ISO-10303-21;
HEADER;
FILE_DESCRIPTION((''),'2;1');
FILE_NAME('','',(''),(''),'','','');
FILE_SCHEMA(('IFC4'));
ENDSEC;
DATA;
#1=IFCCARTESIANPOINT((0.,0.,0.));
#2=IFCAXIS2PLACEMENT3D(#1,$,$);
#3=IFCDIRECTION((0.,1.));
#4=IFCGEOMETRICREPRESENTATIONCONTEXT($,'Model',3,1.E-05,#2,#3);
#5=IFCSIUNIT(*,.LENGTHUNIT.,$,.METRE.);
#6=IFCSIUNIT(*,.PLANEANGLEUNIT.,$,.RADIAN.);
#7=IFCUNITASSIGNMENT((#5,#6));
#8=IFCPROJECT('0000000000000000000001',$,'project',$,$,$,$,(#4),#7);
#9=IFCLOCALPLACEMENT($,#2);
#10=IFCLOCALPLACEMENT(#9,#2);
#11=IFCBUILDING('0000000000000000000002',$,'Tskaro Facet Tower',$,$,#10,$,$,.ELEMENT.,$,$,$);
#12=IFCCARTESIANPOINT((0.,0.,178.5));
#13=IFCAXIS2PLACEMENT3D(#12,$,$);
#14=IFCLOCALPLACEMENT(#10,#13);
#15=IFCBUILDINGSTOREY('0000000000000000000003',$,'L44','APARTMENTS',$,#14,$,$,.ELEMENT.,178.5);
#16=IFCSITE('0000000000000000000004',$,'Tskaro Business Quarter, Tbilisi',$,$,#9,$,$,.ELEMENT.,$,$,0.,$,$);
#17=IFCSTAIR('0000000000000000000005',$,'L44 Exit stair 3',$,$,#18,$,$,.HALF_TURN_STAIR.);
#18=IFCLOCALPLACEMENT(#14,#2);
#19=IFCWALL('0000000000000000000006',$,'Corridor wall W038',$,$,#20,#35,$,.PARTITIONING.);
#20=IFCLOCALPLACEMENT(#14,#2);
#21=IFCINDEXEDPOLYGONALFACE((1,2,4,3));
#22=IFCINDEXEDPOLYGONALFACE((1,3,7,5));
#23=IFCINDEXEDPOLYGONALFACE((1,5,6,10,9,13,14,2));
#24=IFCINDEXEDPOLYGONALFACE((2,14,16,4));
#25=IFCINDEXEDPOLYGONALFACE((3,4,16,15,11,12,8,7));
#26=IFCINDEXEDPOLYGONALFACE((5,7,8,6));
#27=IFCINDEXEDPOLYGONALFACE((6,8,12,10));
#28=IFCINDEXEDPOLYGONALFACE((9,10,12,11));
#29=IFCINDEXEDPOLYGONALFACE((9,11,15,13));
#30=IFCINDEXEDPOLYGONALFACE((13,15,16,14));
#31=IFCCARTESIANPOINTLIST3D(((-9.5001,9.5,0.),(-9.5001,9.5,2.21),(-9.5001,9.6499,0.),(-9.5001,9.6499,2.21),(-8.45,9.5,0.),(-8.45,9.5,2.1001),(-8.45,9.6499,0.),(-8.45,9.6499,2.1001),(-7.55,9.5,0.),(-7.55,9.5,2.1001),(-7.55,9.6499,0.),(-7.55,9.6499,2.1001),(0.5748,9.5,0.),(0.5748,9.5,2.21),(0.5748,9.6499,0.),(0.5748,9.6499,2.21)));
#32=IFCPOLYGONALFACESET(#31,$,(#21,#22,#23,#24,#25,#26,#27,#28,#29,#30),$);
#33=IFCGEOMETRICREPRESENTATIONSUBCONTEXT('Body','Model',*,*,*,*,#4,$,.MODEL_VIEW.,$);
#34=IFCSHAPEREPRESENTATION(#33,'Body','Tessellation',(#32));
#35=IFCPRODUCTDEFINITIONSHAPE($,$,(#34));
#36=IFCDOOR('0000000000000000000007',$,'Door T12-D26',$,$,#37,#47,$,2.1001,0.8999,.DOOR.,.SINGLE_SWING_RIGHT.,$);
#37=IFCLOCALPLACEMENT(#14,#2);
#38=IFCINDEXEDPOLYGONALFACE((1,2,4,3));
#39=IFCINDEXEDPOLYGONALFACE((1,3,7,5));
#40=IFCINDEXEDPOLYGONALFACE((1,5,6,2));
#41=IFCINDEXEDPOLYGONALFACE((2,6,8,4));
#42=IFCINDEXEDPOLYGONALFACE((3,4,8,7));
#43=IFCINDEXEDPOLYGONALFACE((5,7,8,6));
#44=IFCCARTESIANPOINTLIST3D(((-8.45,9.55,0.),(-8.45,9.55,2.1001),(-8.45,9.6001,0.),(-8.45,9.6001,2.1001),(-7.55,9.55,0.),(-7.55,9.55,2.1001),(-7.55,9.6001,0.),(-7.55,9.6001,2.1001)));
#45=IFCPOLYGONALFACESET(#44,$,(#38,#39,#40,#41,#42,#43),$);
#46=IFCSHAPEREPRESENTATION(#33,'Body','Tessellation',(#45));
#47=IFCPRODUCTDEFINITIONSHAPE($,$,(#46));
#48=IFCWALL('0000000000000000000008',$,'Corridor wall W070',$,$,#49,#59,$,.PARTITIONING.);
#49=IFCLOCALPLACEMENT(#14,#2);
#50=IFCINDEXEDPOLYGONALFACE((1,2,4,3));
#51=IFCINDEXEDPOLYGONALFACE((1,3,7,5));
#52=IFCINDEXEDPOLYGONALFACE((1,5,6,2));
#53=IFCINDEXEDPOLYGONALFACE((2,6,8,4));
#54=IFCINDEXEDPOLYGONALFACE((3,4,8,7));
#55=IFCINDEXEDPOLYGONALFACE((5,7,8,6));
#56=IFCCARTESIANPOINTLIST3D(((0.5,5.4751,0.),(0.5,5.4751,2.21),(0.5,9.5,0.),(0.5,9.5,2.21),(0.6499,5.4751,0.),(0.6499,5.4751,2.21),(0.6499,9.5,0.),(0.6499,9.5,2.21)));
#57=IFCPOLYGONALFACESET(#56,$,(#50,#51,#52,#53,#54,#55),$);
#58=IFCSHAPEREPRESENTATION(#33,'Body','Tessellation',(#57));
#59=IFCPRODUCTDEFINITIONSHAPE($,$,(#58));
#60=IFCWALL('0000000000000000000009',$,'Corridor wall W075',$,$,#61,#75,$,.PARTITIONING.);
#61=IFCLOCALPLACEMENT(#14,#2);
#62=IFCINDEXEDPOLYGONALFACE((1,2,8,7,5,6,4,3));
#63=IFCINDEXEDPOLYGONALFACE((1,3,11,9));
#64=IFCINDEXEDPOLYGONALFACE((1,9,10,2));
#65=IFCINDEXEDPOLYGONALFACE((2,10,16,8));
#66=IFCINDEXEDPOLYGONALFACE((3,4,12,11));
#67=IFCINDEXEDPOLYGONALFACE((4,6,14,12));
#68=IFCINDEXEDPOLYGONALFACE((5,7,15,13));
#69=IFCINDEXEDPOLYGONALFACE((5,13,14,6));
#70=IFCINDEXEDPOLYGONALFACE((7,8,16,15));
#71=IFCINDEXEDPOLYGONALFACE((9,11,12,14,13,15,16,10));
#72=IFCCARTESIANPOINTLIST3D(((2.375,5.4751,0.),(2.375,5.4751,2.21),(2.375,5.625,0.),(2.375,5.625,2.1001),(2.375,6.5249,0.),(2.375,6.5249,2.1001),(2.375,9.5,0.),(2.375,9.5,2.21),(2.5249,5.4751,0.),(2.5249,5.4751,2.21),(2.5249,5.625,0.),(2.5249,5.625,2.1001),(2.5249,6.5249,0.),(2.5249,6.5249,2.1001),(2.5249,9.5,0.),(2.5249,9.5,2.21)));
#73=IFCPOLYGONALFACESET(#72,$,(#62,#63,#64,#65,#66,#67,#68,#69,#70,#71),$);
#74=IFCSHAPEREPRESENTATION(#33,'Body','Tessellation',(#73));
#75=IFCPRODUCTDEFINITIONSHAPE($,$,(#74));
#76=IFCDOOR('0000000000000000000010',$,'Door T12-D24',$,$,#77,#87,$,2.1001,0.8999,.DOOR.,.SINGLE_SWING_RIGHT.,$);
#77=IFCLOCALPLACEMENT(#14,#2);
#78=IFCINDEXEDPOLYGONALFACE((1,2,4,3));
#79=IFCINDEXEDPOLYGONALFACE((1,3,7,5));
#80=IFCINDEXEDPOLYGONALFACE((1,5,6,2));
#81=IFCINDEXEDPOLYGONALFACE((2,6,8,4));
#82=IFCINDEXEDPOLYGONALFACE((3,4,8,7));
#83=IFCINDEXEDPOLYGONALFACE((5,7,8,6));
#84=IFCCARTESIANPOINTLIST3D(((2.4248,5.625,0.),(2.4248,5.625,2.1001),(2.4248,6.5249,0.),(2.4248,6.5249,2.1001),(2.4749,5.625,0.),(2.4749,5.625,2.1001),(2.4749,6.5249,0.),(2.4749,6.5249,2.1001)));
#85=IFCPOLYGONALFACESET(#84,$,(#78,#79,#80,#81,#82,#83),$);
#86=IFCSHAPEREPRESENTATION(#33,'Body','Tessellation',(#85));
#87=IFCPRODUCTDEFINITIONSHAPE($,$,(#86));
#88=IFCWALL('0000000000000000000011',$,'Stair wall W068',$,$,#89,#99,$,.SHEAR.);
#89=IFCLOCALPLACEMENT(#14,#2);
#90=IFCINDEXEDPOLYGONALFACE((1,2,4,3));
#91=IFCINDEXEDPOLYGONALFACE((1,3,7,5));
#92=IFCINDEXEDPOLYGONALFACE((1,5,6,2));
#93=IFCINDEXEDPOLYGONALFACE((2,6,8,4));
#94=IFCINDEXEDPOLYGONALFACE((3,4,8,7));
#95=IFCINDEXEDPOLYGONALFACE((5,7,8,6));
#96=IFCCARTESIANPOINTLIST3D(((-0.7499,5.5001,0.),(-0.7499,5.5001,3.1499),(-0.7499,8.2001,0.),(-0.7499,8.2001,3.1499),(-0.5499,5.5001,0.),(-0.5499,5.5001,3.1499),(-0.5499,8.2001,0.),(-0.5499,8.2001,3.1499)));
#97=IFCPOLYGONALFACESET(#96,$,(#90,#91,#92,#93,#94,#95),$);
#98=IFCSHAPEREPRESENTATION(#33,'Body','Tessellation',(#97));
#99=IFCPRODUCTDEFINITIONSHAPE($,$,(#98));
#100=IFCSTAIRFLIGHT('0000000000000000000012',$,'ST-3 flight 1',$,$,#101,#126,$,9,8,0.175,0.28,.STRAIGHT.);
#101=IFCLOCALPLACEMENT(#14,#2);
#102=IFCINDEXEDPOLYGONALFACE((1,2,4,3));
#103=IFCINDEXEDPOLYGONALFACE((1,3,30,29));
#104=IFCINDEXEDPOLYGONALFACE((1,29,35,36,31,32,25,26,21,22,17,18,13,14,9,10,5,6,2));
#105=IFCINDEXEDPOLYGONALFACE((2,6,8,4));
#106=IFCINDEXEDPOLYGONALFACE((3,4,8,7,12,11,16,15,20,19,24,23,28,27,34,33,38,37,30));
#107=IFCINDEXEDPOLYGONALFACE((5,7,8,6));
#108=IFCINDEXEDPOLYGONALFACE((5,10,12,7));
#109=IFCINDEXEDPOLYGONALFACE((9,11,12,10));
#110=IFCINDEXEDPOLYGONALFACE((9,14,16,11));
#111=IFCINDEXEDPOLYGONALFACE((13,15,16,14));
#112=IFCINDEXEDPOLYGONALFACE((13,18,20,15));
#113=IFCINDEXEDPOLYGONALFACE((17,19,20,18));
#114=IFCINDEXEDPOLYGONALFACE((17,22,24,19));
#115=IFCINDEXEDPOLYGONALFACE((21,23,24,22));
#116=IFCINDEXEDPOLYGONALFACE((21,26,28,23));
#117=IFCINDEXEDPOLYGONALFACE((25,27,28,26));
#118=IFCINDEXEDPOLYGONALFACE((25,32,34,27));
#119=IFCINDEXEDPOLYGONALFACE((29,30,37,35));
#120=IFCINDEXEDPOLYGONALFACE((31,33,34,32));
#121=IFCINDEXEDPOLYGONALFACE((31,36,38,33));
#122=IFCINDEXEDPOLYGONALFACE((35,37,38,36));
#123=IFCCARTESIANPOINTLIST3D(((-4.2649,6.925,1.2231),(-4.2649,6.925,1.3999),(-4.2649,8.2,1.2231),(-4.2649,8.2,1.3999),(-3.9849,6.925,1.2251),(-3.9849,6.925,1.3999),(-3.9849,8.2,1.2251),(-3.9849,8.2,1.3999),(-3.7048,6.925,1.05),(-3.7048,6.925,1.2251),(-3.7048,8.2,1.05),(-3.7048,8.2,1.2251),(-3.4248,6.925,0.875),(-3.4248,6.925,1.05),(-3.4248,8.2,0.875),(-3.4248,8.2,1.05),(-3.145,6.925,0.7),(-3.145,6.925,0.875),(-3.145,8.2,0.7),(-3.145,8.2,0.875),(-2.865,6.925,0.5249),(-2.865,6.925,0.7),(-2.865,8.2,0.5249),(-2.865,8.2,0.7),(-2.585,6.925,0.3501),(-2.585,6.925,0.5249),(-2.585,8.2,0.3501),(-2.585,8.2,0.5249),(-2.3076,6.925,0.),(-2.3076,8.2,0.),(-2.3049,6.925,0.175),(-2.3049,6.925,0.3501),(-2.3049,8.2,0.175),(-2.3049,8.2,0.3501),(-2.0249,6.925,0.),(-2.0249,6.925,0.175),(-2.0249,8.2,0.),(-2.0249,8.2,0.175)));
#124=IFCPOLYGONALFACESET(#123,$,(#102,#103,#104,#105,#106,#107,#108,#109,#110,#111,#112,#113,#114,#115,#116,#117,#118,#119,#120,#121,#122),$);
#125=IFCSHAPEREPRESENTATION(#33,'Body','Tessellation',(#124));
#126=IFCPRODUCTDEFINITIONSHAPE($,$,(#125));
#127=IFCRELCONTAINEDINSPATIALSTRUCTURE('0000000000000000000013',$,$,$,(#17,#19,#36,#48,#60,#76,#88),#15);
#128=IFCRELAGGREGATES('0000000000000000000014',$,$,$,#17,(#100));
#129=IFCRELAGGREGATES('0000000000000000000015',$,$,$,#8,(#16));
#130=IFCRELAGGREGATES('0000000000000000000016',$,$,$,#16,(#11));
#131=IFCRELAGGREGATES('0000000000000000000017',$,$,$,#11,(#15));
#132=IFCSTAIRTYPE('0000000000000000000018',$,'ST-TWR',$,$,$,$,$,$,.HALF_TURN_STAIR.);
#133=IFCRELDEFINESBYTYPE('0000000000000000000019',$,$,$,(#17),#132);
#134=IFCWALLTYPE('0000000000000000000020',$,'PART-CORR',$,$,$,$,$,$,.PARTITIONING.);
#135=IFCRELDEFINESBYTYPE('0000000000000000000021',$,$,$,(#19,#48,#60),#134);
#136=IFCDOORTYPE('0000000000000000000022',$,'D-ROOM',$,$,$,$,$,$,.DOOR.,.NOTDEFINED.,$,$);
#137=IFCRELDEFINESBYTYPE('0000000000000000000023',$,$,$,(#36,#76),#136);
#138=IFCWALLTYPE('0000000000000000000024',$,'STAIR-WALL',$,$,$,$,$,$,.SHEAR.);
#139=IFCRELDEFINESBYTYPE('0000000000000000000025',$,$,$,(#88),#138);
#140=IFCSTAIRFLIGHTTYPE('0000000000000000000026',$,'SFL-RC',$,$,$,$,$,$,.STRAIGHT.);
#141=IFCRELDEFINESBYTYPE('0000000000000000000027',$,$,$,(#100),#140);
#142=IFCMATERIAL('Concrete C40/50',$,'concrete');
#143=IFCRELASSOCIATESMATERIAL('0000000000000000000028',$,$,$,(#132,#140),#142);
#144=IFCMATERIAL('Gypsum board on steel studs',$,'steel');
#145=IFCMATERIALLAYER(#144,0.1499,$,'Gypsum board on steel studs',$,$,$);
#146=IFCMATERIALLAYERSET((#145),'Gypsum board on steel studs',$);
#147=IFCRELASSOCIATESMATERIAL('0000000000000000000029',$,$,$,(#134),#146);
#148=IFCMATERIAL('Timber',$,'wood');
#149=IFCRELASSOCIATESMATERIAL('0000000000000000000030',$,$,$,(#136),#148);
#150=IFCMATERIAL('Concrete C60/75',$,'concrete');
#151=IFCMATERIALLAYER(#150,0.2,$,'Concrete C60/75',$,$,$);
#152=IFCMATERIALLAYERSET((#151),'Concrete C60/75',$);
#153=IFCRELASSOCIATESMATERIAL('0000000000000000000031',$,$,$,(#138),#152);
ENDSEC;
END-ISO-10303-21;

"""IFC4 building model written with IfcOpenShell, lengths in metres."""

from ifc_helpers import new_model, si_unit, direction, frame, frame_2d, origin, place, context, subcontext, project, spatial, polyline, rectangle, outline, extrude, material, layer, layer_set, type_object, element, fill, aggregate, save


model = new_model("IFC4")

# Units and contexts
model_context = context("Model", 3, precision=1e-05, world=origin(), true_north=direction((0.0, 1.0)))
body_context = subcontext(model_context, "Body", "Model", "MODEL_VIEW")
ifc_project = project(units=[si_unit("LENGTHUNIT", "METRE"), si_unit("PLANEANGLEUNIT", "RADIAN")], contexts=[model_context])

# Site, building, storey
site_placement = place(None, origin())
site = spatial("IfcSite", under=ifc_project, at=site_placement, Name="Tskaro Business Quarter, Tbilisi", CompositionType="ELEMENT", RefElevation=0.0)
building_placement = place(site_placement, origin())
building = spatial("IfcBuilding", under=site, at=building_placement, Name="Tskaro Facet Tower", CompositionType="ELEMENT")
storey_placement = place(building_placement, frame((0.0, 0.0, 178.5)))
storey = spatial("IfcBuildingStorey", under=building, at=storey_placement, Name="L44", Description="APARTMENTS", CompositionType="ELEMENT", Elevation=178.5)

# Stair
ifc_material_1 = material(Name="Concrete C40/50", Category="concrete")
stair_type = type_object("IfcStairType", Name="ST-TWR", PredefinedType="HALF_TURN_STAIR", material=ifc_material_1)
stair_1_placement = place(storey_placement, origin())
stair_1 = element("IfcStair", 1, at=stair_1_placement, inside=storey, type_object=stair_type, Name="L44 Exit stair 3", PredefinedType="HALF_TURN_STAIR")

# Shared definitions
ifc_material_2 = material(Name="Concrete C60/75", Category="concrete")

# Shared definitions
ifc_material_3 = material(Name="Gypsum board on steel studs", Category="steel")
ifc_layer_1 = layer(ifc_material_3, 0.1499, Name="Gypsum board on steel studs")
ifc_layer_set_1 = layer_set([ifc_layer_1], Name="Gypsum board on steel studs")
wall_type_1 = type_object("IfcWallType", Name="PART-CORR", PredefinedType="PARTITIONING", material=ifc_layer_set_1)

# Wall, opening, door
wall_1_placement = place(storey_placement, frame((0.575, 9.575, 0.0), z_axis=(0.0, 0.0, 1.0), x_axis=(-1.0, 0.0, 0.0)))
wall_1 = element("IfcWall", 2, at=wall_1_placement, inside=storey, type_object=wall_type_1, Name="Corridor wall W038", PredefinedType="PARTITIONING", context=body_context, shape_type="SweptSolid", body=[
    extrude(rectangle(XDim=10.075, YDim=0.1499, at=frame_2d((5.0376, 0.0))), origin(), (0.0, 0.0, 1.0), 2.21),
])
opening_1_placement = place(wall_1_placement, frame((8.125, 0.0, 0.0)))
opening_1 = element("IfcOpeningElement", 3, at=opening_1_placement, cuts=wall_1, PredefinedType="OPENING", context=body_context, shape_type="SweptSolid", body=[
    extrude(rectangle(XDim=0.8999, YDim=2.1001, at=frame_2d((0.45, 1.05))), frame((0.0, 0.085, 0.0), z_axis=(0.0, -1.0, 0.0), x_axis=(1.0, 0.0, 0.0)), (0.0, 0.0, 1.0), 0.1699),
])
ifc_material_4 = material(Name="Timber", Category="wood")
door_type = type_object("IfcDoorType", Name="D-ROOM", OperationType="NOTDEFINED", PredefinedType="DOOR", material=ifc_material_4)
door_1_placement = place(opening_1_placement, origin())
door_1 = element("IfcDoor", 4, at=door_1_placement, inside=storey, type_object=door_type, Name="Door T12-D26", OperationType="SINGLE_SWING_RIGHT", OverallHeight=2.1001, OverallWidth=0.8999, PredefinedType="DOOR", context=body_context, shape_type="SweptSolid", body=[
    extrude(rectangle(XDim=0.8999, YDim=2.1001, at=frame_2d((0.45, 1.05))), frame((0.0, 0.0249, 0.0), z_axis=(0.0, -1.0, 0.0), x_axis=(1.0, 0.0, 0.0)), (0.0, 0.0, 1.0), 0.05),
])
fill(opening_1, door_1)

# Wall
wall_2_placement = place(storey_placement, frame((0.575, 5.4751, 0.0), z_axis=(0.0, 0.0, 1.0), x_axis=(0.0, 1.0, 0.0)))
element("IfcWall", 5, at=wall_2_placement, inside=storey, type_object=wall_type_1, Name="Corridor wall W070", PredefinedType="PARTITIONING", context=body_context, shape_type="SweptSolid", body=[
    extrude(rectangle(XDim=4.0249, YDim=0.1499, at=frame_2d((2.0125, 0.0))), origin(), (0.0, 0.0, 1.0), 2.21),
])

# Wall, opening, door
wall_3_placement = place(storey_placement, frame((2.45, 9.5, 0.0), z_axis=(0.0, 0.0, 1.0), x_axis=(0.0, -1.0, 0.0)))
wall_3 = element("IfcWall", 6, at=wall_3_placement, inside=storey, type_object=wall_type_1, Name="Corridor wall W075", PredefinedType="PARTITIONING", context=body_context, shape_type="SweptSolid", body=[
    extrude(rectangle(XDim=4.0249, YDim=0.1499, at=frame_2d((2.0125, 0.0))), origin(), (0.0, 0.0, 1.0), 2.21),
])
opening_2_placement = place(wall_3_placement, frame((2.9751, 0.0, 0.0)))
opening_2 = element("IfcOpeningElement", 7, at=opening_2_placement, cuts=wall_3, PredefinedType="OPENING", context=body_context, shape_type="SweptSolid", body=[
    extrude(rectangle(XDim=0.8999, YDim=2.1001, at=frame_2d((0.45, 1.05))), frame((0.0, 0.085, 0.0), z_axis=(0.0, -1.0, 0.0), x_axis=(1.0, 0.0, 0.0)), (0.0, 0.0, 1.0), 0.1699),
])
door_2_placement = place(opening_2_placement, origin())
door_2 = element("IfcDoor", 8, at=door_2_placement, inside=storey, type_object=door_type, Name="Door T12-D24", OperationType="SINGLE_SWING_RIGHT", OverallHeight=2.1001, OverallWidth=0.8999, PredefinedType="DOOR", context=body_context, shape_type="SweptSolid", body=[
    extrude(rectangle(XDim=0.8999, YDim=2.1001, at=frame_2d((0.45, 1.05))), frame((0.0, 0.0249, 0.0), z_axis=(0.0, -1.0, 0.0), x_axis=(1.0, 0.0, 0.0)), (0.0, 0.0, 1.0), 0.05),
])
fill(opening_2, door_2)

# Wall
ifc_layer_2 = layer(ifc_material_2, 0.2, Name="Concrete C60/75")
ifc_layer_set_2 = layer_set([ifc_layer_2], Name="Concrete C60/75")
wall_type_2 = type_object("IfcWallType", Name="STAIR-WALL", PredefinedType="SHEAR", material=ifc_layer_set_2)
wall_4_placement = place(storey_placement, frame((-0.6499, 5.5, 0.0), z_axis=(0.0, 0.0, 1.0), x_axis=(0.0, 1.0, 0.0)))
element("IfcWall", 9, at=wall_4_placement, inside=storey, type_object=wall_type_2, Name="Stair wall W068", PredefinedType="SHEAR", context=body_context, shape_type="SweptSolid", body=[
    extrude(rectangle(XDim=2.7, YDim=0.2, at=frame_2d((1.3501, 0.0))), origin(), (0.0, 0.0, 1.0), 3.1499),
])

# Stair flight
stair_flight_type = type_object("IfcStairFlightType", Name="SFL-RC", PredefinedType="STRAIGHT", material=ifc_material_1)
stair_flight_placement = place(storey_placement, frame((-2.0249, 7.5625, 0.0), z_axis=(0.0, 0.0, 1.0), x_axis=(-1.0, 0.0, 0.0)))
stair_flight = element("IfcStairFlight", 10, at=stair_flight_placement, type_object=stair_flight_type, Name="ST-3 flight 1", NumberOfRisers=9, NumberOfTreads=8, PredefinedType="STRAIGHT", RiserHeight=0.175, TreadLength=0.28, context=body_context, shape_type="SweptSolid", body=[
    extrude(outline(polyline([(0.0, 0.0), (0.0, 0.175), (0.28, 0.175), (0.28, 0.3501), (0.5601, 0.3501), (0.5601, 0.5249), (0.8401, 0.5249), (0.8401, 0.7), (1.1201, 0.7), (1.1201, 0.875), (1.3999, 0.875), (1.3999, 1.05), (1.6799, 1.05), (1.6799, 1.2251), (1.96, 1.2251), (1.96, 1.3999), (2.24, 1.3999), (2.24, 1.575), (2.24, 1.2231), (0.2827, 0.0), (0.0, 0.0)])), frame((0.0, 0.6375, 0.0), z_axis=(0.0, -1.0, 0.0), x_axis=(1.0, 0.0, 0.0)), (0.0, 0.0, 1.0), 1.2749),
])
aggregate(stair_1, [stair_flight])

save(model, "model.ifc")
